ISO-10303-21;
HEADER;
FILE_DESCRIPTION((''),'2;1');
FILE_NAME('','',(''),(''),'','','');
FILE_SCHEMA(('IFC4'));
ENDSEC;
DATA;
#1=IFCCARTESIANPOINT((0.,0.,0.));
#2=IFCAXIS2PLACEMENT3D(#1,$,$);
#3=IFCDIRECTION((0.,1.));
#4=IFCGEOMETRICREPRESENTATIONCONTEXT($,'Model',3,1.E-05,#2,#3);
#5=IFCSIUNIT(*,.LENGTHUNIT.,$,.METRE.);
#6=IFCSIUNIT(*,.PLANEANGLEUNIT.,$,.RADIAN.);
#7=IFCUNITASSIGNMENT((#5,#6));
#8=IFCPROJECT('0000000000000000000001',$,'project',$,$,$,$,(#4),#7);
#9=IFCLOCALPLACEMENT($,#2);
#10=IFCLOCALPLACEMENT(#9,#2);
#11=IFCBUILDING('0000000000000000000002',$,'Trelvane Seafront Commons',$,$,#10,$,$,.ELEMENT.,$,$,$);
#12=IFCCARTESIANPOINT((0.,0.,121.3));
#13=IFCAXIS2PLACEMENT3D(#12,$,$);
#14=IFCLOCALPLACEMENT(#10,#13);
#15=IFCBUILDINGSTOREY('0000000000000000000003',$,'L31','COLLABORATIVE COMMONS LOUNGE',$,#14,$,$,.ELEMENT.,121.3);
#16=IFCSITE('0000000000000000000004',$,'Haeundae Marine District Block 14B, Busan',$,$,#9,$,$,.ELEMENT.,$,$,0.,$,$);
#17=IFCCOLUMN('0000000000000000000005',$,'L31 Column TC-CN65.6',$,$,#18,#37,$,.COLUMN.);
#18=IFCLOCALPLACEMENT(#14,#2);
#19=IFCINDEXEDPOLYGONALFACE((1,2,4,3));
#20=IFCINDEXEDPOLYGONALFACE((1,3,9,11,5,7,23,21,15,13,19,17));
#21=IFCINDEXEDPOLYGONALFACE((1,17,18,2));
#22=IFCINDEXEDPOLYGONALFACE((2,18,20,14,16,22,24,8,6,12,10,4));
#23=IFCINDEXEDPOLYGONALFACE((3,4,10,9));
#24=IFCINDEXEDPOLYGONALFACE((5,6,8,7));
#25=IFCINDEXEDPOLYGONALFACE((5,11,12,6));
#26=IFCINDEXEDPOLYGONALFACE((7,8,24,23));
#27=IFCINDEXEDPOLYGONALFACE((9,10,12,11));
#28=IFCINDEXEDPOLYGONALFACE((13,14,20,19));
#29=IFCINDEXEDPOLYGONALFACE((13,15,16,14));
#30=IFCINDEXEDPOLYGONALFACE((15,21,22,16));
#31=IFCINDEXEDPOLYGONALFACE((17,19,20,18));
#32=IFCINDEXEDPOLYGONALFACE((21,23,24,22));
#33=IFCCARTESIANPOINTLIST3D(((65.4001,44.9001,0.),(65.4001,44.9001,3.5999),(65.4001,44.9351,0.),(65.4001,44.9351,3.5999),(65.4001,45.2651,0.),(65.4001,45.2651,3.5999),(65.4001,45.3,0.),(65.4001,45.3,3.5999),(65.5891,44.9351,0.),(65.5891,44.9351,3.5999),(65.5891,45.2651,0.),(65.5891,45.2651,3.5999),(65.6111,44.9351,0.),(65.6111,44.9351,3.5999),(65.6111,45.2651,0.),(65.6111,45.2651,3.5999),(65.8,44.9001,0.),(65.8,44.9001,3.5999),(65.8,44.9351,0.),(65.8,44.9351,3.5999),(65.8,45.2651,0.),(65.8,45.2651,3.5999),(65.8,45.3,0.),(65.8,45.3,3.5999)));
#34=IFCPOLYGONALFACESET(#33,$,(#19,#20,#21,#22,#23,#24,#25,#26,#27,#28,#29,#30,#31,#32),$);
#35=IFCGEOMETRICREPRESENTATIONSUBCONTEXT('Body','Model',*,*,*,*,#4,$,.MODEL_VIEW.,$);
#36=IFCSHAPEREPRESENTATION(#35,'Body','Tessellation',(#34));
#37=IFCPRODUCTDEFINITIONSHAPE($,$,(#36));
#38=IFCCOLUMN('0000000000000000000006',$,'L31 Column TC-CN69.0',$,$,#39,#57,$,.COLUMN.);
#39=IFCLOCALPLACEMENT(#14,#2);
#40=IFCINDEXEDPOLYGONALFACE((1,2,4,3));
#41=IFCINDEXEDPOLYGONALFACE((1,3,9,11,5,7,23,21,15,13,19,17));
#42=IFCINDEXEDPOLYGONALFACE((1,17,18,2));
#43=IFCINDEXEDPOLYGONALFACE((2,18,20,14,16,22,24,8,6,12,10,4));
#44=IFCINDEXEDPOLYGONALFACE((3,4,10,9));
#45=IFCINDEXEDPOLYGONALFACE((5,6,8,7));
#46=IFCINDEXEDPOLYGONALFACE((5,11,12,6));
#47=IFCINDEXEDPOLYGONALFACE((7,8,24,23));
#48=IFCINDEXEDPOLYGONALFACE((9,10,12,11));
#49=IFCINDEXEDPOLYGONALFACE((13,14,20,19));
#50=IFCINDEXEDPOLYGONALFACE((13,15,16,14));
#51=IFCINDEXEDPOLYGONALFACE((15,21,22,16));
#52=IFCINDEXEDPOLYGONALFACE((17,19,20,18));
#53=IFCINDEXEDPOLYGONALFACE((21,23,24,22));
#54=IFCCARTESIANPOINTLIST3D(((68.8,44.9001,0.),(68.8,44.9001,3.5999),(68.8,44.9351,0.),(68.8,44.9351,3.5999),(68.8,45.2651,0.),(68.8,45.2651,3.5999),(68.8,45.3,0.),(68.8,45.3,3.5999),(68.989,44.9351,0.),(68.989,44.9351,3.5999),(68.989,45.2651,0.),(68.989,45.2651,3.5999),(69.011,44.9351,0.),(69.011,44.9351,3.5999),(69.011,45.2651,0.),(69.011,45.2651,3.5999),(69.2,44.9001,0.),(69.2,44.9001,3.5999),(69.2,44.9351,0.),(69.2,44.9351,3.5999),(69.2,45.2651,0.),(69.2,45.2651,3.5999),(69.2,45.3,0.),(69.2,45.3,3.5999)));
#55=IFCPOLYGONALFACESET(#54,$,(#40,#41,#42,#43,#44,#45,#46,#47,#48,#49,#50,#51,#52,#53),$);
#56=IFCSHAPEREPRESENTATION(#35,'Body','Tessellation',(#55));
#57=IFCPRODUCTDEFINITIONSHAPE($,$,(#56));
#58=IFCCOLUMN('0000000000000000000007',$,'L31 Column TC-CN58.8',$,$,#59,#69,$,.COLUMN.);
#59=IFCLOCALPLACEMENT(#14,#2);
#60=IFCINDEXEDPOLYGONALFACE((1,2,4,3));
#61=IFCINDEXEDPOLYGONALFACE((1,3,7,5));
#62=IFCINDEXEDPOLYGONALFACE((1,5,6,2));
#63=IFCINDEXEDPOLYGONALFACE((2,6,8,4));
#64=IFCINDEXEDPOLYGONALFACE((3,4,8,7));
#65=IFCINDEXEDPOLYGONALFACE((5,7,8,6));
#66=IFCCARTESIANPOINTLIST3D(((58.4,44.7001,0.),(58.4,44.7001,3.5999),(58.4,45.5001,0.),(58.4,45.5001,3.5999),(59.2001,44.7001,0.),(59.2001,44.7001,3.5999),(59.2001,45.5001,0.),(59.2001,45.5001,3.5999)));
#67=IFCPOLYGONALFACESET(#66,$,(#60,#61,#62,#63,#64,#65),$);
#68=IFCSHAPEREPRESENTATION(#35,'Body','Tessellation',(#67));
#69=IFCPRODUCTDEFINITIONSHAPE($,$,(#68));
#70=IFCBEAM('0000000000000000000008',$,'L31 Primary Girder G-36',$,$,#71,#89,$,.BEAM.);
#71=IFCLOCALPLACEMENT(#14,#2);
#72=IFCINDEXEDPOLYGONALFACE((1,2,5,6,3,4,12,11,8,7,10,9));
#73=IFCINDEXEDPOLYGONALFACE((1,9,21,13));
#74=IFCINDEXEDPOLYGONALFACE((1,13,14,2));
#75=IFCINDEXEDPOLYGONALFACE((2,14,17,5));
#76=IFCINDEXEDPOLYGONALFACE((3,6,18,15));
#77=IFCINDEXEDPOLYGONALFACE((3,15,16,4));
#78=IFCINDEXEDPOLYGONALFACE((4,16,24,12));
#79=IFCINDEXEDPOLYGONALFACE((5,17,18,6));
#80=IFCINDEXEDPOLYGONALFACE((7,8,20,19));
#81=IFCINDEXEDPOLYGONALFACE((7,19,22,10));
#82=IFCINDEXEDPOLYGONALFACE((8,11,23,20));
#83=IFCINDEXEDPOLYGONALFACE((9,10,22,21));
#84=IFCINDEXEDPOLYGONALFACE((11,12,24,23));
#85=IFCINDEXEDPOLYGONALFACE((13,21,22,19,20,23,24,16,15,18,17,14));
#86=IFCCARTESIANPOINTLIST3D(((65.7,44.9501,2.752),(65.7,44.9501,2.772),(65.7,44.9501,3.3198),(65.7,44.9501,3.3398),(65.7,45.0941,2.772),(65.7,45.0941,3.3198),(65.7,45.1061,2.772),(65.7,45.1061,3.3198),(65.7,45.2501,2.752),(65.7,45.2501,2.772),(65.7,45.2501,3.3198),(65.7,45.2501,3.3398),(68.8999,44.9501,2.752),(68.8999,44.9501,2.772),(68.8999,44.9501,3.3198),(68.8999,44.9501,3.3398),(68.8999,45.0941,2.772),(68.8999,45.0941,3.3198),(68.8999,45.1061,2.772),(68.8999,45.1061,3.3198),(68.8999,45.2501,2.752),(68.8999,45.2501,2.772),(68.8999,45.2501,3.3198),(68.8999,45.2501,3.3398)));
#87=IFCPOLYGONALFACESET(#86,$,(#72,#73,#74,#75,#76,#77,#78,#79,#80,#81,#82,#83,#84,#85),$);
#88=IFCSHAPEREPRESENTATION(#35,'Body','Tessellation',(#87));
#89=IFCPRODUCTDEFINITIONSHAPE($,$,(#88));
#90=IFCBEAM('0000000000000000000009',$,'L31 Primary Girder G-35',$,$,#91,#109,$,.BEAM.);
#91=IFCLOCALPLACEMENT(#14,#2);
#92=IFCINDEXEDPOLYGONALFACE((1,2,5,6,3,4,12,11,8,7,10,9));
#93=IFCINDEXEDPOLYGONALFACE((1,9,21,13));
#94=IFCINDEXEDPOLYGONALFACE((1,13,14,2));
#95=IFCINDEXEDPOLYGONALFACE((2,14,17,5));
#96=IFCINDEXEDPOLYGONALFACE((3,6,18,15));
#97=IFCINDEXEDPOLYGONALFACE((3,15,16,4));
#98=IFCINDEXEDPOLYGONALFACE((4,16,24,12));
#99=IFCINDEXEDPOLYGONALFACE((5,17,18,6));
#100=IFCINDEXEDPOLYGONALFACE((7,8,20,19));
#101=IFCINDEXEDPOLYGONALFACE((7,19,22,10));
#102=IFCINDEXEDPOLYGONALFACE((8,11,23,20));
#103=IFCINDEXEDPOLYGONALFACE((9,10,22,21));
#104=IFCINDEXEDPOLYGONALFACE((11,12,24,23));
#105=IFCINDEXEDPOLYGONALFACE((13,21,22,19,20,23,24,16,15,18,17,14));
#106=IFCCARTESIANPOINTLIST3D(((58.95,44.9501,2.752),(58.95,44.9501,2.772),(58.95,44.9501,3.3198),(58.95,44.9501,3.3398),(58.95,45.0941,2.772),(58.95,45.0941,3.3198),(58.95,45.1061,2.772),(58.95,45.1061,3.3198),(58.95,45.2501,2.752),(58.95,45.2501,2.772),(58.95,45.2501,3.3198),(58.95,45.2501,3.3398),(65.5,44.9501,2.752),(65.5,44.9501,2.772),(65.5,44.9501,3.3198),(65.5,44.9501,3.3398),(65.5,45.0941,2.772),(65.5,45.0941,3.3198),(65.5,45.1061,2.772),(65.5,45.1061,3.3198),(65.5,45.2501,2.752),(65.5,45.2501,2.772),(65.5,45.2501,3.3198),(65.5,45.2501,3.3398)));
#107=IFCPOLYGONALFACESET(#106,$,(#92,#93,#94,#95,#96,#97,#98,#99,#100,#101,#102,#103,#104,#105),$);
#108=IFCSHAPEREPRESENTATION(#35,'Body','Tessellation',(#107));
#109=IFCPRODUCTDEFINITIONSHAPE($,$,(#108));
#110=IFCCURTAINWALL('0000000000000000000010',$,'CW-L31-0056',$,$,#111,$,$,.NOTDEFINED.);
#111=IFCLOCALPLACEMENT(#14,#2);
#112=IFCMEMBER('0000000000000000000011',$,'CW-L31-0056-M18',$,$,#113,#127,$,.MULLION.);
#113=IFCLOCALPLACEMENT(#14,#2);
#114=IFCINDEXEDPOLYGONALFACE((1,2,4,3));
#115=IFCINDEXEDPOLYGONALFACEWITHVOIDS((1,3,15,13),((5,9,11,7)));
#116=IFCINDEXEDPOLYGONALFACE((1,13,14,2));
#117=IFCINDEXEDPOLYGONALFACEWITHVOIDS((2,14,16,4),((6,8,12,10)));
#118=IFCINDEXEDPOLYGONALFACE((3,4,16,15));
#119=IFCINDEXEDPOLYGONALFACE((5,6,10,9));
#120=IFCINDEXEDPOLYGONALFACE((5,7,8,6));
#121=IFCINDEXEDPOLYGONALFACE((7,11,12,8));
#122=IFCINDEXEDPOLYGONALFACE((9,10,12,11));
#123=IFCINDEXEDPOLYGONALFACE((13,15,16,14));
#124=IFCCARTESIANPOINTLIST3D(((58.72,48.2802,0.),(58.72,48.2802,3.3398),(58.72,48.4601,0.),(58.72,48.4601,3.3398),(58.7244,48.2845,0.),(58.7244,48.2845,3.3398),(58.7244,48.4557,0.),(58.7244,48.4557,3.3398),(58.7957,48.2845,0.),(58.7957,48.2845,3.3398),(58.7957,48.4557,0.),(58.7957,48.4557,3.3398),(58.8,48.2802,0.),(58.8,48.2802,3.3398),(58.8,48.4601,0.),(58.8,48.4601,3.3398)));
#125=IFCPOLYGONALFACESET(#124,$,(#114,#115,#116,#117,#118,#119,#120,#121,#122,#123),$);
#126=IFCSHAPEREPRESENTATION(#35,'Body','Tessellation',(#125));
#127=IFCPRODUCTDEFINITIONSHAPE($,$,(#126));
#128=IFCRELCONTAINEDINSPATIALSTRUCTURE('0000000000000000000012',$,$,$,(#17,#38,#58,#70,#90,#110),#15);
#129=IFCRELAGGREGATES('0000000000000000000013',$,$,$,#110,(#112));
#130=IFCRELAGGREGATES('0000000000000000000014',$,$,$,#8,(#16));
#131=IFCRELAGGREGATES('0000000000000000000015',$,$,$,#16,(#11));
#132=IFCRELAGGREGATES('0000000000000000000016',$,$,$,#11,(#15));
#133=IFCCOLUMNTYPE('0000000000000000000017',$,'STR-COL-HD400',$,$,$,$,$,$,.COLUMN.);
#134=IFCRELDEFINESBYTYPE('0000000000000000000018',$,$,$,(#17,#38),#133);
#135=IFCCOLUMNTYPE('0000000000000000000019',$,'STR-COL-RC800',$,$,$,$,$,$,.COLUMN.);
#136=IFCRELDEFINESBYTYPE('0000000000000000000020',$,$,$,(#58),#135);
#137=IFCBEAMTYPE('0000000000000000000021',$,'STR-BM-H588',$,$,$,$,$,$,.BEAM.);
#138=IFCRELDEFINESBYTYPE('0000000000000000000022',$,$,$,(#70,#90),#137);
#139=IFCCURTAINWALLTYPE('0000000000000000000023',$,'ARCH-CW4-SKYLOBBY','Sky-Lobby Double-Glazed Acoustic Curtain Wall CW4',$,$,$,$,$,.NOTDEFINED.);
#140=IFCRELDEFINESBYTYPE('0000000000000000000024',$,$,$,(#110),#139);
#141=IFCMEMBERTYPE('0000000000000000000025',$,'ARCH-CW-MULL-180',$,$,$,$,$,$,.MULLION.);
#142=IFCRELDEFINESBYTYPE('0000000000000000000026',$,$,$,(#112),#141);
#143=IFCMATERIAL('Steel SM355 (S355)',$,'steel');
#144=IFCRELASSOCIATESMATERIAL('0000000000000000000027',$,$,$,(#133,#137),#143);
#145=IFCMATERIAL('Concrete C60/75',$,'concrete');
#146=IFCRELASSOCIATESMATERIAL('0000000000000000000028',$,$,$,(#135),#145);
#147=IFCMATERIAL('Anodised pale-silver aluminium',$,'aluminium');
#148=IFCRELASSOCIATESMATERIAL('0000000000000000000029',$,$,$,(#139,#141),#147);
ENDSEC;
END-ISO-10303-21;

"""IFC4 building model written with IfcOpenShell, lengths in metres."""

from ifc_helpers import new_model, si_unit, direction, frame, origin, origin_2d, place, context, subcontext, project, spatial, rectangle, hollow_rectangle, i_section, extrude, source, transform, mapped, material, material_profile, profile_set, type_object, element, aggregate, save


model = new_model("IFC4")

# Units and contexts
model_context = context("Model", 3, precision=1e-05, world=origin(), true_north=direction((0.0, 1.0)))
body_context = subcontext(model_context, "Body", "Model", "MODEL_VIEW")
ifc_project = project(units=[si_unit("LENGTHUNIT", "METRE"), si_unit("PLANEANGLEUNIT", "RADIAN")], contexts=[model_context])

# Site, building, storey
site_placement = place(None, origin())
site = spatial("IfcSite", under=ifc_project, at=site_placement, Name="Haeundae Marine District Block 14B, Busan", CompositionType="ELEMENT", RefElevation=0.0)
building_placement = place(site_placement, origin())
building = spatial("IfcBuilding", under=site, at=building_placement, Name="Trelvane Seafront Commons", CompositionType="ELEMENT")
storey_placement = place(building_placement, frame((0.0, 0.0, 121.3)))
storey = spatial("IfcBuildingStorey", under=building, at=storey_placement, Name="L31", Description="COLLABORATIVE COMMONS LOUNGE", CompositionType="ELEMENT", Elevation=121.3)

# Columns
ifc_material_1 = material(Name="Steel SM355 (S355)", Category="steel")
ifc_material_profile_1 = material_profile(ifc_material_1, i_section(OverallWidth=0.3999, OverallDepth=0.3999, WebThickness=0.022, FlangeThickness=0.0349, at=origin_2d()), Name="HD-400x400x22x35")
ifc_profile_set_1 = profile_set([ifc_material_profile_1], Name="Steel SM355 (S355)")
column_type_1 = type_object("IfcColumnType", Name="STR-COL-HD400", PredefinedType="COLUMN", material=ifc_profile_set_1)
shared_shape_1 = source(origin(), body_context, "Body", "SweptSolid", [
    extrude(i_section(OverallWidth=0.3999, OverallDepth=0.3999, WebThickness=0.022, FlangeThickness=0.0349, at=origin_2d()), origin(), (0.0, 0.0, 1.0), 3.5999),
])
for number, where, z_axis, x_axis, name in (
    (1, (65.6001, 45.1001, 0.0), (0.0, 0.0, 1.0), (1.0, 0.0, 0.0), "L31 Column TC-CN65.6"),
    (2, (69.0, 45.1001, 0.0), (0.0, 0.0, 1.0), (1.0, 0.0, 0.0), "L31 Column TC-CN69.0"),
):
    element("IfcColumn", number, at=place(storey_placement, frame(where, z_axis=z_axis, x_axis=x_axis)), inside=storey, type_object=column_type_1, Name=name, PredefinedType="COLUMN", context=body_context, shape_type="MappedRepresentation", body=[
        mapped(shared_shape_1, transform((0.0, 0.0, 0.0), x_axis=(1.0, 0.0, 0.0), y_axis=(0.0, 1.0, 0.0), z_axis=(0.0, 0.0, 1.0), scale=1.0)),
    ])
ifc_material_2 = material(Name="Concrete C60/75", Category="concrete")
ifc_material_profile_2 = material_profile(ifc_material_2, rectangle(XDim=0.8, YDim=0.8, at=origin_2d()), Name="RC-800x800")
ifc_profile_set_2 = profile_set([ifc_material_profile_2], Name="Concrete C60/75")
column_type_2 = type_object("IfcColumnType", Name="STR-COL-RC800", PredefinedType="COLUMN", material=ifc_profile_set_2)
shared_shape_2 = source(origin(), body_context, "Body", "SweptSolid", [
    extrude(rectangle(XDim=0.8, YDim=0.8, at=origin_2d()), origin(), (0.0, 0.0, 1.0), 3.5999),
])
column_placement = place(storey_placement, frame((58.8, 45.1001, 0.0), z_axis=(0.0, 0.0, 1.0), x_axis=(1.0, 0.0, 0.0)))
element("IfcColumn", 3, at=column_placement, inside=storey, type_object=column_type_2, Name="L31 Column TC-CN58.8", PredefinedType="COLUMN", context=body_context, shape_type="MappedRepresentation", body=[
    mapped(shared_shape_2, transform((0.0, 0.0, 0.0), x_axis=(1.0, 0.0, 0.0), y_axis=(0.0, 1.0, 0.0), z_axis=(0.0, 0.0, 1.0), scale=1.0)),
])

# Beams
ifc_material_profile_3 = material_profile(ifc_material_1, i_section(OverallWidth=0.3, OverallDepth=0.5879, WebThickness=0.012, FlangeThickness=0.02, at=origin_2d()), Name="H-588x300x12x20")
ifc_profile_set_3 = profile_set([ifc_material_profile_3], Name="Steel SM355 (S355)")
beam_type = type_object("IfcBeamType", Name="STR-BM-H588", PredefinedType="BEAM", material=ifc_profile_set_3)
shared_shape_3 = source(origin(), body_context, "Body", "SweptSolid", [
    extrude(i_section(OverallWidth=0.3, OverallDepth=0.5879, WebThickness=0.012, FlangeThickness=0.02, at=origin_2d()), origin(), (0.0, 0.0, 1.0), 3.2),
])
beam_1_placement = place(storey_placement, frame((65.7, 45.1001, 3.0459), z_axis=(1.0, 0.0, 0.0), x_axis=(0.0, 1.0, 0.0)))
element("IfcBeam", 4, at=beam_1_placement, inside=storey, type_object=beam_type, Name="L31 Primary Girder G-36", PredefinedType="BEAM", context=body_context, shape_type="MappedRepresentation", body=[
    mapped(shared_shape_3, transform((0.0, 0.0, 0.0), x_axis=(1.0, 0.0, 0.0), y_axis=(0.0, 1.0, 0.0), z_axis=(0.0, 0.0, 1.0), scale=1.0)),
])
shared_shape_4 = source(origin(), body_context, "Body", "SweptSolid", [
    extrude(i_section(OverallWidth=0.3, OverallDepth=0.5879, WebThickness=0.012, FlangeThickness=0.02, at=origin_2d()), origin(), (0.0, 0.0, 1.0), 6.55),
])
beam_2_placement = place(storey_placement, frame((58.95, 45.1001, 3.0459), z_axis=(1.0, 0.0, 0.0), x_axis=(0.0, 1.0, 0.0)))
element("IfcBeam", 5, at=beam_2_placement, inside=storey, type_object=beam_type, Name="L31 Primary Girder G-35", PredefinedType="BEAM", context=body_context, shape_type="MappedRepresentation", body=[
    mapped(shared_shape_4, transform((0.0, 0.0, 0.0), x_axis=(1.0, 0.0, 0.0), y_axis=(0.0, 1.0, 0.0), z_axis=(0.0, 0.0, 1.0), scale=1.0)),
])

# Curtain wall, member
ifc_material_3 = material(Name="Anodised pale-silver aluminium", Category="aluminium")
curtain_wall_type = type_object("IfcCurtainWallType", Name="ARCH-CW4-SKYLOBBY", Description="Sky-Lobby Double-Glazed Acoustic Curtain Wall CW4", PredefinedType="NOTDEFINED", material=ifc_material_3)
curtain_wall_placement = place(storey_placement, origin())
curtain_wall = element("IfcCurtainWall", 6, at=curtain_wall_placement, inside=storey, type_object=curtain_wall_type, Name="CW-L31-0056", PredefinedType="NOTDEFINED")
ifc_material_profile_4 = material_profile(ifc_material_3, hollow_rectangle(XDim=0.0801, YDim=0.1799, WallThickness=0.0044, at=origin_2d()), Name="MULL-80x180x4.5")
ifc_profile_set_4 = profile_set([ifc_material_profile_4], Name="Anodised pale-silver aluminium")
member_type = type_object("IfcMemberType", Name="ARCH-CW-MULL-180", PredefinedType="MULLION", material=ifc_profile_set_4)
shared_shape_5 = source(origin(), body_context, "Body", "SweptSolid", [
    extrude(hollow_rectangle(XDim=0.0801, YDim=0.1799, WallThickness=0.0044, at=origin_2d()), origin(), (0.0, 0.0, 1.0), 3.3398),
])
member_placement = place(storey_placement, frame((58.76, 48.3701, 0.0), z_axis=(0.0, 0.0, 1.0), x_axis=(1.0, 0.0, 0.0)))
member = element("IfcMember", 7, at=member_placement, type_object=member_type, Name="CW-L31-0056-M18", PredefinedType="MULLION", context=body_context, shape_type="MappedRepresentation", body=[
    mapped(shared_shape_5, transform((0.0, 0.0, 0.0), x_axis=(1.0, 0.0, 0.0), y_axis=(0.0, 1.0, 0.0), z_axis=(0.0, 0.0, 1.0), scale=1.0)),
])
aggregate(curtain_wall, [member])

save(model, "model.ifc")
